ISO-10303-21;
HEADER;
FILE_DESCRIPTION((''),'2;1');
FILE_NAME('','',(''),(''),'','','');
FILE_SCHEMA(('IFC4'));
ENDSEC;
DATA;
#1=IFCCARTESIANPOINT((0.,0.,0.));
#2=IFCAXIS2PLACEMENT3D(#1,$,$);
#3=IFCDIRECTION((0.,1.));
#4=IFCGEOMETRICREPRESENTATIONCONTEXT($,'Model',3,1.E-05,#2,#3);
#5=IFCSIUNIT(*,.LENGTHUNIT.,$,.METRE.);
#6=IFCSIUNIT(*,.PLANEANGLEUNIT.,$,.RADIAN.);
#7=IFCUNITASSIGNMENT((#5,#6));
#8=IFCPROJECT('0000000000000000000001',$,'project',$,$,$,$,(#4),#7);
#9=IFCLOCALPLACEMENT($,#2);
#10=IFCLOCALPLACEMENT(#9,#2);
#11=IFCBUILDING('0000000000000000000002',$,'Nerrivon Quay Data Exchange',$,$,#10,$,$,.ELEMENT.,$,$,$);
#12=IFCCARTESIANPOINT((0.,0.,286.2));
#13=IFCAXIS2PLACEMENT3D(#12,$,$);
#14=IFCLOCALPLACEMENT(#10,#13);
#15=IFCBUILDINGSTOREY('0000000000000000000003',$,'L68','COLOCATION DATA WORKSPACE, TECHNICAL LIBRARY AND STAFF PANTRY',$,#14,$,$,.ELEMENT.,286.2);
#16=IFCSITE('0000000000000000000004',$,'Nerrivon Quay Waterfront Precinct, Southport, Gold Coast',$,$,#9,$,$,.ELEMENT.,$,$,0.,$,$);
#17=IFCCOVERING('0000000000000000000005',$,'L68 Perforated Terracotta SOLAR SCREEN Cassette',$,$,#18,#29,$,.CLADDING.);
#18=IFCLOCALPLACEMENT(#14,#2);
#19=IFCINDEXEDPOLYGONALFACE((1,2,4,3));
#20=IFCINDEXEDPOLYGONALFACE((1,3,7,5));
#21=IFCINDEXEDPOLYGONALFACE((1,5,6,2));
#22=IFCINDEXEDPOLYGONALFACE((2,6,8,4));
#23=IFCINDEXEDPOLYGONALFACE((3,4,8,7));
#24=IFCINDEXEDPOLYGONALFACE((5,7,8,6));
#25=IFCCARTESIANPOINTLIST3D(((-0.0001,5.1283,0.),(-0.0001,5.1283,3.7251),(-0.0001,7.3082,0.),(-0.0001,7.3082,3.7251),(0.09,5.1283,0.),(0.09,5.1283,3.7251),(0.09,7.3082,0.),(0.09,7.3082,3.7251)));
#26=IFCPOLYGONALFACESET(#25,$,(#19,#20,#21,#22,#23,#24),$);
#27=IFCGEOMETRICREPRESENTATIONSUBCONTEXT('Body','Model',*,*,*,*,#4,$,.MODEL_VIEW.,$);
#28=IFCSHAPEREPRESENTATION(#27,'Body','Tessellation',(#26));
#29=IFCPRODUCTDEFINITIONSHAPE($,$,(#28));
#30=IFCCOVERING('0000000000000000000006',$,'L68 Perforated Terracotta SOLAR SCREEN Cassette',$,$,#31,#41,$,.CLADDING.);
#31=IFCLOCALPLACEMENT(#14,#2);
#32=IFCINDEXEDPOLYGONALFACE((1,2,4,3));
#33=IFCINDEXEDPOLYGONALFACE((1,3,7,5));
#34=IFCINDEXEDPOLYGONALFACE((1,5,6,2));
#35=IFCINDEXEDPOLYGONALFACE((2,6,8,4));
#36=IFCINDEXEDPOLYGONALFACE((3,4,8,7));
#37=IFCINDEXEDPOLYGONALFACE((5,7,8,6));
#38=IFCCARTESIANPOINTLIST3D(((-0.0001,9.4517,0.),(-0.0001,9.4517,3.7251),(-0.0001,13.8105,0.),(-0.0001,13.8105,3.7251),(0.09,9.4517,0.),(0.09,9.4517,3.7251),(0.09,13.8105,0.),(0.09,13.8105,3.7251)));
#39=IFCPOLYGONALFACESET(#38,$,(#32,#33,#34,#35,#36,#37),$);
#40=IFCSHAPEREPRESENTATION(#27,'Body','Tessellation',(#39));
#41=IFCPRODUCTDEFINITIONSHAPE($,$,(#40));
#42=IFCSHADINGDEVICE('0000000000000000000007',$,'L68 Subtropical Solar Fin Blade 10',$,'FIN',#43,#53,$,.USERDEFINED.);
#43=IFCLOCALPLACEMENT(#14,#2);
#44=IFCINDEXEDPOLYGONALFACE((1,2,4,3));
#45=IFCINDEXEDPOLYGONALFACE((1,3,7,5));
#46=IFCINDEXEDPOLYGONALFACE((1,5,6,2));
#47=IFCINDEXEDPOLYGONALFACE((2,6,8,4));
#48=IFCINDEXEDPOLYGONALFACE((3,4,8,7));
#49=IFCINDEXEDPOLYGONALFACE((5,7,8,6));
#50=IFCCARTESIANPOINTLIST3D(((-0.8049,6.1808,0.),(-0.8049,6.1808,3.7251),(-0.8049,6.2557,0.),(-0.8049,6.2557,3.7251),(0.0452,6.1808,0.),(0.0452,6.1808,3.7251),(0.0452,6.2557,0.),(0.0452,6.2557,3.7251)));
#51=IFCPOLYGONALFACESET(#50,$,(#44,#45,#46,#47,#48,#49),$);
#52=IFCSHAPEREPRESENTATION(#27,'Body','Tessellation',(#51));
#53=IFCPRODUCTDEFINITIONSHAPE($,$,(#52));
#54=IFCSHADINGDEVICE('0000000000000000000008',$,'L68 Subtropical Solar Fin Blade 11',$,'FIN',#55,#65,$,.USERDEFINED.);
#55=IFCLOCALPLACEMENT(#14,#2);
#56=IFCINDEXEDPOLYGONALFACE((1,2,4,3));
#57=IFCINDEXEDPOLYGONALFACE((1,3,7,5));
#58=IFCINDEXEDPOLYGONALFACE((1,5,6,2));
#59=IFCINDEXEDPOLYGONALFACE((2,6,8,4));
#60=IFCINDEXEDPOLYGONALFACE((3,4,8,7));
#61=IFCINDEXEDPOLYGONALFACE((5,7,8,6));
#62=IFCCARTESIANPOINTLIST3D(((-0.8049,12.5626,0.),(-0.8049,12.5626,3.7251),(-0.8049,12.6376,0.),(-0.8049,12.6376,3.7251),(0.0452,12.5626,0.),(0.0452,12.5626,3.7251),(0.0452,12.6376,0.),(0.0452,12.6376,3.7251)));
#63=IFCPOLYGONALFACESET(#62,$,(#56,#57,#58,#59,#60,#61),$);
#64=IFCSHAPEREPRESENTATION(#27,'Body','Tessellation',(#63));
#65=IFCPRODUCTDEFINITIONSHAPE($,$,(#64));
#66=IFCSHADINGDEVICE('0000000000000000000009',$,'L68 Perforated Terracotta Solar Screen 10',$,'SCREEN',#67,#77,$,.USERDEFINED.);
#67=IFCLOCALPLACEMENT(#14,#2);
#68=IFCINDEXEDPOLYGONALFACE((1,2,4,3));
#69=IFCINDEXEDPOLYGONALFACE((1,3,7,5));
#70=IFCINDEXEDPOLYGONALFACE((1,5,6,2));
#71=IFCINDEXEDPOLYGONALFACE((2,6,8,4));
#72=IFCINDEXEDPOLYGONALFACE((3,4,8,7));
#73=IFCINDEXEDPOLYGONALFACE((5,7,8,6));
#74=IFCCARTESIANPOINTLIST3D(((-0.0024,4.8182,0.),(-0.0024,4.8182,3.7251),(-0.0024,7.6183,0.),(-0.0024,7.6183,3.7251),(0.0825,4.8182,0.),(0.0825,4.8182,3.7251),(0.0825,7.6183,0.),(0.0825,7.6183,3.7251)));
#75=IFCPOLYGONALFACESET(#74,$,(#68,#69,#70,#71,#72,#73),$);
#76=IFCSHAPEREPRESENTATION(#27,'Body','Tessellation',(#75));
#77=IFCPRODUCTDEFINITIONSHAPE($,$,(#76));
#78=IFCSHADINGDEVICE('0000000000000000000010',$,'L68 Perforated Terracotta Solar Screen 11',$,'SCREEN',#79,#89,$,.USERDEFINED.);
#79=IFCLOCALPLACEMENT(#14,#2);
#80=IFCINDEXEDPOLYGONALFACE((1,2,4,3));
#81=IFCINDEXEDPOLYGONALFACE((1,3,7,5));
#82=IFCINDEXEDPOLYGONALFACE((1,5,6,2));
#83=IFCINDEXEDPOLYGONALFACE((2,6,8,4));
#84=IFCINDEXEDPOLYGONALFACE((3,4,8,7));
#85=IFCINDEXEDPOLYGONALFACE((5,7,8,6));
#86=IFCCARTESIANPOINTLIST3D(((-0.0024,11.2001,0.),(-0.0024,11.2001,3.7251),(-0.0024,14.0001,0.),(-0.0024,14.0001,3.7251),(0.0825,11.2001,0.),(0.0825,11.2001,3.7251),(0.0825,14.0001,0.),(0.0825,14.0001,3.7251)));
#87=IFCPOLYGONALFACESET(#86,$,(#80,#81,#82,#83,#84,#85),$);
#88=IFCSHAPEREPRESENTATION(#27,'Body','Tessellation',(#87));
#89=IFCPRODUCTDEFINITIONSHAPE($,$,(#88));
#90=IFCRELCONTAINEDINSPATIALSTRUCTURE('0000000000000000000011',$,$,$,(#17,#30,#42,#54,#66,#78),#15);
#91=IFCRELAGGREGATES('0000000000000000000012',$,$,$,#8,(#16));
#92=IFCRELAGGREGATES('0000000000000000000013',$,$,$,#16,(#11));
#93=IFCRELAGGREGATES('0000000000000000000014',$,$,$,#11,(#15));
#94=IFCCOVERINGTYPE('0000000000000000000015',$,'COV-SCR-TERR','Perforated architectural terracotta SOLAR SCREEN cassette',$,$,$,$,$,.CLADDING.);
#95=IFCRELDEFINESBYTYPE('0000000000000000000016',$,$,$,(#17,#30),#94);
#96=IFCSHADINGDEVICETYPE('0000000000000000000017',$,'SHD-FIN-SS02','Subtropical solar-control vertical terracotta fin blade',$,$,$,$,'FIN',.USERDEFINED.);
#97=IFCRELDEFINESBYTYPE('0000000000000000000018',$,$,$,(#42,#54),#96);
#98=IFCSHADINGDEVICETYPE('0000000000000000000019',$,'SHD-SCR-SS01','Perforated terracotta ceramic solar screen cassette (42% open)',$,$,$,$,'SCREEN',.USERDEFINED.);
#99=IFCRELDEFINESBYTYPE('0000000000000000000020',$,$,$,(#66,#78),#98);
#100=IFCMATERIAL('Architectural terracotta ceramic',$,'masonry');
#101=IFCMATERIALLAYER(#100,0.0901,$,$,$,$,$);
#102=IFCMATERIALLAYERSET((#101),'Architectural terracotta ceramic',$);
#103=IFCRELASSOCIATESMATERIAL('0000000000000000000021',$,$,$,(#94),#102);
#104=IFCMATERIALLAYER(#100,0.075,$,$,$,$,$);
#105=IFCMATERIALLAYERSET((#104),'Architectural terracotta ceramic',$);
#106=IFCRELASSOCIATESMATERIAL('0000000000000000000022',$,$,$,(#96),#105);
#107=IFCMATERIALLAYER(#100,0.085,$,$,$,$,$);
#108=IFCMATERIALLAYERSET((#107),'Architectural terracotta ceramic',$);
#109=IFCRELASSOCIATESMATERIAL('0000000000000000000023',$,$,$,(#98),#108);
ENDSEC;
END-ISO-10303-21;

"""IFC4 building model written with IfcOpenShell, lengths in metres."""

from ifc_helpers import new_model, si_unit, direction, frame, origin, origin_2d, place, context, subcontext, project, spatial, rectangle, extrude, material, layer, layer_set, type_object, element, save


model = new_model("IFC4")

# Units and contexts
model_context = context("Model", 3, precision=1e-05, world=origin(), true_north=direction((0.0, 1.0)))
body_context = subcontext(model_context, "Body", "Model", "MODEL_VIEW")
ifc_project = project(units=[si_unit("LENGTHUNIT", "METRE"), si_unit("PLANEANGLEUNIT", "RADIAN")], contexts=[model_context])

# Site, building, storey
site_placement = place(None, origin())
site = spatial("IfcSite", under=ifc_project, at=site_placement, Name="Nerrivon Quay Waterfront Precinct, Southport, Gold Coast", CompositionType="ELEMENT", RefElevation=0.0)
building_placement = place(site_placement, origin())
building = spatial("IfcBuilding", under=site, at=building_placement, Name="Nerrivon Quay Data Exchange", CompositionType="ELEMENT")
storey_placement = place(building_placement, frame((0.0, 0.0, 286.2)))
storey = spatial("IfcBuildingStorey", under=building, at=storey_placement, Name="L68", Description="COLOCATION DATA WORKSPACE, TECHNICAL LIBRARY AND STAFF PANTRY", CompositionType="ELEMENT", Elevation=286.2)

# Coverings
ifc_material_1 = material(Name="Architectural terracotta ceramic", Category="masonry")
ifc_layer_1 = layer(ifc_material_1, 0.0901)
ifc_layer_set_1 = layer_set([ifc_layer_1], Name="Architectural terracotta ceramic")
covering_type = type_object("IfcCoveringType", Name="COV-SCR-TERR", Description="Perforated architectural terracotta SOLAR SCREEN cassette", PredefinedType="CLADDING", material=ifc_layer_set_1)
covering_1_placement = place(storey_placement, frame((0.0449, 6.2183, 0.0), z_axis=(0.0, 0.0, 1.0), x_axis=(0.0, 1.0, 0.0)))
element("IfcCovering", 1, at=covering_1_placement, inside=storey, type_object=covering_type, Name="L68 Perforated Terracotta SOLAR SCREEN Cassette", PredefinedType="CLADDING", context=body_context, shape_type="SweptSolid", body=[
    extrude(rectangle(XDim=2.1799, YDim=0.0901, at=origin_2d()), origin(), (0.0, 0.0, 1.0), 3.7251),
])
covering_2_placement = place(storey_placement, frame((0.0449, 11.6311, 0.0), z_axis=(0.0, 0.0, 1.0), x_axis=(0.0, 1.0, 0.0)))
element("IfcCovering", 2, at=covering_2_placement, inside=storey, type_object=covering_type, Name="L68 Perforated Terracotta SOLAR SCREEN Cassette", PredefinedType="CLADDING", context=body_context, shape_type="SweptSolid", body=[
    extrude(rectangle(XDim=4.3589, YDim=0.0901, at=origin_2d()), origin(), (0.0, 0.0, 1.0), 3.7251),
])

# Shading devices
ifc_layer_2 = layer(ifc_material_1, 0.075)
ifc_layer_set_2 = layer_set([ifc_layer_2], Name="Architectural terracotta ceramic")
shading_device_type_1 = type_object("IfcShadingDeviceType", Name="SHD-FIN-SS02", Description="Subtropical solar-control vertical terracotta fin blade", ElementType="FIN", PredefinedType="USERDEFINED", material=ifc_layer_set_2)
for number, where, z_axis, x_axis, name in (
    (3, (-0.3799, 6.2183, 0.0), (0.0, 0.0, 1.0), (0.0, 1.0, 0.0), "L68 Subtropical Solar Fin Blade 10"),
    (4, (-0.3799, 12.6001, 0.0), (0.0, 0.0, 1.0), (0.0, 1.0, 0.0), "L68 Subtropical Solar Fin Blade 11"),
):
    element("IfcShadingDevice", number, at=place(storey_placement, frame(where, z_axis=z_axis, x_axis=x_axis)), inside=storey, type_object=shading_device_type_1, Name=name, ObjectType="FIN", PredefinedType="USERDEFINED", context=body_context, shape_type="SweptSolid", body=[
        extrude(rectangle(XDim=0.075, YDim=0.8501, at=origin_2d()), origin(), (0.0, 0.0, 1.0), 3.7251),
    ])
ifc_layer_3 = layer(ifc_material_1, 0.085)
ifc_layer_set_3 = layer_set([ifc_layer_3], Name="Architectural terracotta ceramic")
shading_device_type_2 = type_object("IfcShadingDeviceType", Name="SHD-SCR-SS01", Description="Perforated terracotta ceramic solar screen cassette (42% open)", ElementType="SCREEN", PredefinedType="USERDEFINED", material=ifc_layer_set_3)
for number, where, z_axis, x_axis, name in (
    (5, (0.04, 6.2183, 0.0), (0.0, 0.0, 1.0), (0.0, 1.0, 0.0), "L68 Perforated Terracotta Solar Screen 10"),
    (6, (0.04, 12.6001, 0.0), (0.0, 0.0, 1.0), (0.0, 1.0, 0.0), "L68 Perforated Terracotta Solar Screen 11"),
):
    element("IfcShadingDevice", number, at=place(storey_placement, frame(where, z_axis=z_axis, x_axis=x_axis)), inside=storey, type_object=shading_device_type_2, Name=name, ObjectType="SCREEN", PredefinedType="USERDEFINED", context=body_context, shape_type="SweptSolid", body=[
        extrude(rectangle(XDim=2.8, YDim=0.085, at=origin_2d()), origin(), (0.0, 0.0, 1.0), 3.7251),
    ])

save(model, "model.ifc")
